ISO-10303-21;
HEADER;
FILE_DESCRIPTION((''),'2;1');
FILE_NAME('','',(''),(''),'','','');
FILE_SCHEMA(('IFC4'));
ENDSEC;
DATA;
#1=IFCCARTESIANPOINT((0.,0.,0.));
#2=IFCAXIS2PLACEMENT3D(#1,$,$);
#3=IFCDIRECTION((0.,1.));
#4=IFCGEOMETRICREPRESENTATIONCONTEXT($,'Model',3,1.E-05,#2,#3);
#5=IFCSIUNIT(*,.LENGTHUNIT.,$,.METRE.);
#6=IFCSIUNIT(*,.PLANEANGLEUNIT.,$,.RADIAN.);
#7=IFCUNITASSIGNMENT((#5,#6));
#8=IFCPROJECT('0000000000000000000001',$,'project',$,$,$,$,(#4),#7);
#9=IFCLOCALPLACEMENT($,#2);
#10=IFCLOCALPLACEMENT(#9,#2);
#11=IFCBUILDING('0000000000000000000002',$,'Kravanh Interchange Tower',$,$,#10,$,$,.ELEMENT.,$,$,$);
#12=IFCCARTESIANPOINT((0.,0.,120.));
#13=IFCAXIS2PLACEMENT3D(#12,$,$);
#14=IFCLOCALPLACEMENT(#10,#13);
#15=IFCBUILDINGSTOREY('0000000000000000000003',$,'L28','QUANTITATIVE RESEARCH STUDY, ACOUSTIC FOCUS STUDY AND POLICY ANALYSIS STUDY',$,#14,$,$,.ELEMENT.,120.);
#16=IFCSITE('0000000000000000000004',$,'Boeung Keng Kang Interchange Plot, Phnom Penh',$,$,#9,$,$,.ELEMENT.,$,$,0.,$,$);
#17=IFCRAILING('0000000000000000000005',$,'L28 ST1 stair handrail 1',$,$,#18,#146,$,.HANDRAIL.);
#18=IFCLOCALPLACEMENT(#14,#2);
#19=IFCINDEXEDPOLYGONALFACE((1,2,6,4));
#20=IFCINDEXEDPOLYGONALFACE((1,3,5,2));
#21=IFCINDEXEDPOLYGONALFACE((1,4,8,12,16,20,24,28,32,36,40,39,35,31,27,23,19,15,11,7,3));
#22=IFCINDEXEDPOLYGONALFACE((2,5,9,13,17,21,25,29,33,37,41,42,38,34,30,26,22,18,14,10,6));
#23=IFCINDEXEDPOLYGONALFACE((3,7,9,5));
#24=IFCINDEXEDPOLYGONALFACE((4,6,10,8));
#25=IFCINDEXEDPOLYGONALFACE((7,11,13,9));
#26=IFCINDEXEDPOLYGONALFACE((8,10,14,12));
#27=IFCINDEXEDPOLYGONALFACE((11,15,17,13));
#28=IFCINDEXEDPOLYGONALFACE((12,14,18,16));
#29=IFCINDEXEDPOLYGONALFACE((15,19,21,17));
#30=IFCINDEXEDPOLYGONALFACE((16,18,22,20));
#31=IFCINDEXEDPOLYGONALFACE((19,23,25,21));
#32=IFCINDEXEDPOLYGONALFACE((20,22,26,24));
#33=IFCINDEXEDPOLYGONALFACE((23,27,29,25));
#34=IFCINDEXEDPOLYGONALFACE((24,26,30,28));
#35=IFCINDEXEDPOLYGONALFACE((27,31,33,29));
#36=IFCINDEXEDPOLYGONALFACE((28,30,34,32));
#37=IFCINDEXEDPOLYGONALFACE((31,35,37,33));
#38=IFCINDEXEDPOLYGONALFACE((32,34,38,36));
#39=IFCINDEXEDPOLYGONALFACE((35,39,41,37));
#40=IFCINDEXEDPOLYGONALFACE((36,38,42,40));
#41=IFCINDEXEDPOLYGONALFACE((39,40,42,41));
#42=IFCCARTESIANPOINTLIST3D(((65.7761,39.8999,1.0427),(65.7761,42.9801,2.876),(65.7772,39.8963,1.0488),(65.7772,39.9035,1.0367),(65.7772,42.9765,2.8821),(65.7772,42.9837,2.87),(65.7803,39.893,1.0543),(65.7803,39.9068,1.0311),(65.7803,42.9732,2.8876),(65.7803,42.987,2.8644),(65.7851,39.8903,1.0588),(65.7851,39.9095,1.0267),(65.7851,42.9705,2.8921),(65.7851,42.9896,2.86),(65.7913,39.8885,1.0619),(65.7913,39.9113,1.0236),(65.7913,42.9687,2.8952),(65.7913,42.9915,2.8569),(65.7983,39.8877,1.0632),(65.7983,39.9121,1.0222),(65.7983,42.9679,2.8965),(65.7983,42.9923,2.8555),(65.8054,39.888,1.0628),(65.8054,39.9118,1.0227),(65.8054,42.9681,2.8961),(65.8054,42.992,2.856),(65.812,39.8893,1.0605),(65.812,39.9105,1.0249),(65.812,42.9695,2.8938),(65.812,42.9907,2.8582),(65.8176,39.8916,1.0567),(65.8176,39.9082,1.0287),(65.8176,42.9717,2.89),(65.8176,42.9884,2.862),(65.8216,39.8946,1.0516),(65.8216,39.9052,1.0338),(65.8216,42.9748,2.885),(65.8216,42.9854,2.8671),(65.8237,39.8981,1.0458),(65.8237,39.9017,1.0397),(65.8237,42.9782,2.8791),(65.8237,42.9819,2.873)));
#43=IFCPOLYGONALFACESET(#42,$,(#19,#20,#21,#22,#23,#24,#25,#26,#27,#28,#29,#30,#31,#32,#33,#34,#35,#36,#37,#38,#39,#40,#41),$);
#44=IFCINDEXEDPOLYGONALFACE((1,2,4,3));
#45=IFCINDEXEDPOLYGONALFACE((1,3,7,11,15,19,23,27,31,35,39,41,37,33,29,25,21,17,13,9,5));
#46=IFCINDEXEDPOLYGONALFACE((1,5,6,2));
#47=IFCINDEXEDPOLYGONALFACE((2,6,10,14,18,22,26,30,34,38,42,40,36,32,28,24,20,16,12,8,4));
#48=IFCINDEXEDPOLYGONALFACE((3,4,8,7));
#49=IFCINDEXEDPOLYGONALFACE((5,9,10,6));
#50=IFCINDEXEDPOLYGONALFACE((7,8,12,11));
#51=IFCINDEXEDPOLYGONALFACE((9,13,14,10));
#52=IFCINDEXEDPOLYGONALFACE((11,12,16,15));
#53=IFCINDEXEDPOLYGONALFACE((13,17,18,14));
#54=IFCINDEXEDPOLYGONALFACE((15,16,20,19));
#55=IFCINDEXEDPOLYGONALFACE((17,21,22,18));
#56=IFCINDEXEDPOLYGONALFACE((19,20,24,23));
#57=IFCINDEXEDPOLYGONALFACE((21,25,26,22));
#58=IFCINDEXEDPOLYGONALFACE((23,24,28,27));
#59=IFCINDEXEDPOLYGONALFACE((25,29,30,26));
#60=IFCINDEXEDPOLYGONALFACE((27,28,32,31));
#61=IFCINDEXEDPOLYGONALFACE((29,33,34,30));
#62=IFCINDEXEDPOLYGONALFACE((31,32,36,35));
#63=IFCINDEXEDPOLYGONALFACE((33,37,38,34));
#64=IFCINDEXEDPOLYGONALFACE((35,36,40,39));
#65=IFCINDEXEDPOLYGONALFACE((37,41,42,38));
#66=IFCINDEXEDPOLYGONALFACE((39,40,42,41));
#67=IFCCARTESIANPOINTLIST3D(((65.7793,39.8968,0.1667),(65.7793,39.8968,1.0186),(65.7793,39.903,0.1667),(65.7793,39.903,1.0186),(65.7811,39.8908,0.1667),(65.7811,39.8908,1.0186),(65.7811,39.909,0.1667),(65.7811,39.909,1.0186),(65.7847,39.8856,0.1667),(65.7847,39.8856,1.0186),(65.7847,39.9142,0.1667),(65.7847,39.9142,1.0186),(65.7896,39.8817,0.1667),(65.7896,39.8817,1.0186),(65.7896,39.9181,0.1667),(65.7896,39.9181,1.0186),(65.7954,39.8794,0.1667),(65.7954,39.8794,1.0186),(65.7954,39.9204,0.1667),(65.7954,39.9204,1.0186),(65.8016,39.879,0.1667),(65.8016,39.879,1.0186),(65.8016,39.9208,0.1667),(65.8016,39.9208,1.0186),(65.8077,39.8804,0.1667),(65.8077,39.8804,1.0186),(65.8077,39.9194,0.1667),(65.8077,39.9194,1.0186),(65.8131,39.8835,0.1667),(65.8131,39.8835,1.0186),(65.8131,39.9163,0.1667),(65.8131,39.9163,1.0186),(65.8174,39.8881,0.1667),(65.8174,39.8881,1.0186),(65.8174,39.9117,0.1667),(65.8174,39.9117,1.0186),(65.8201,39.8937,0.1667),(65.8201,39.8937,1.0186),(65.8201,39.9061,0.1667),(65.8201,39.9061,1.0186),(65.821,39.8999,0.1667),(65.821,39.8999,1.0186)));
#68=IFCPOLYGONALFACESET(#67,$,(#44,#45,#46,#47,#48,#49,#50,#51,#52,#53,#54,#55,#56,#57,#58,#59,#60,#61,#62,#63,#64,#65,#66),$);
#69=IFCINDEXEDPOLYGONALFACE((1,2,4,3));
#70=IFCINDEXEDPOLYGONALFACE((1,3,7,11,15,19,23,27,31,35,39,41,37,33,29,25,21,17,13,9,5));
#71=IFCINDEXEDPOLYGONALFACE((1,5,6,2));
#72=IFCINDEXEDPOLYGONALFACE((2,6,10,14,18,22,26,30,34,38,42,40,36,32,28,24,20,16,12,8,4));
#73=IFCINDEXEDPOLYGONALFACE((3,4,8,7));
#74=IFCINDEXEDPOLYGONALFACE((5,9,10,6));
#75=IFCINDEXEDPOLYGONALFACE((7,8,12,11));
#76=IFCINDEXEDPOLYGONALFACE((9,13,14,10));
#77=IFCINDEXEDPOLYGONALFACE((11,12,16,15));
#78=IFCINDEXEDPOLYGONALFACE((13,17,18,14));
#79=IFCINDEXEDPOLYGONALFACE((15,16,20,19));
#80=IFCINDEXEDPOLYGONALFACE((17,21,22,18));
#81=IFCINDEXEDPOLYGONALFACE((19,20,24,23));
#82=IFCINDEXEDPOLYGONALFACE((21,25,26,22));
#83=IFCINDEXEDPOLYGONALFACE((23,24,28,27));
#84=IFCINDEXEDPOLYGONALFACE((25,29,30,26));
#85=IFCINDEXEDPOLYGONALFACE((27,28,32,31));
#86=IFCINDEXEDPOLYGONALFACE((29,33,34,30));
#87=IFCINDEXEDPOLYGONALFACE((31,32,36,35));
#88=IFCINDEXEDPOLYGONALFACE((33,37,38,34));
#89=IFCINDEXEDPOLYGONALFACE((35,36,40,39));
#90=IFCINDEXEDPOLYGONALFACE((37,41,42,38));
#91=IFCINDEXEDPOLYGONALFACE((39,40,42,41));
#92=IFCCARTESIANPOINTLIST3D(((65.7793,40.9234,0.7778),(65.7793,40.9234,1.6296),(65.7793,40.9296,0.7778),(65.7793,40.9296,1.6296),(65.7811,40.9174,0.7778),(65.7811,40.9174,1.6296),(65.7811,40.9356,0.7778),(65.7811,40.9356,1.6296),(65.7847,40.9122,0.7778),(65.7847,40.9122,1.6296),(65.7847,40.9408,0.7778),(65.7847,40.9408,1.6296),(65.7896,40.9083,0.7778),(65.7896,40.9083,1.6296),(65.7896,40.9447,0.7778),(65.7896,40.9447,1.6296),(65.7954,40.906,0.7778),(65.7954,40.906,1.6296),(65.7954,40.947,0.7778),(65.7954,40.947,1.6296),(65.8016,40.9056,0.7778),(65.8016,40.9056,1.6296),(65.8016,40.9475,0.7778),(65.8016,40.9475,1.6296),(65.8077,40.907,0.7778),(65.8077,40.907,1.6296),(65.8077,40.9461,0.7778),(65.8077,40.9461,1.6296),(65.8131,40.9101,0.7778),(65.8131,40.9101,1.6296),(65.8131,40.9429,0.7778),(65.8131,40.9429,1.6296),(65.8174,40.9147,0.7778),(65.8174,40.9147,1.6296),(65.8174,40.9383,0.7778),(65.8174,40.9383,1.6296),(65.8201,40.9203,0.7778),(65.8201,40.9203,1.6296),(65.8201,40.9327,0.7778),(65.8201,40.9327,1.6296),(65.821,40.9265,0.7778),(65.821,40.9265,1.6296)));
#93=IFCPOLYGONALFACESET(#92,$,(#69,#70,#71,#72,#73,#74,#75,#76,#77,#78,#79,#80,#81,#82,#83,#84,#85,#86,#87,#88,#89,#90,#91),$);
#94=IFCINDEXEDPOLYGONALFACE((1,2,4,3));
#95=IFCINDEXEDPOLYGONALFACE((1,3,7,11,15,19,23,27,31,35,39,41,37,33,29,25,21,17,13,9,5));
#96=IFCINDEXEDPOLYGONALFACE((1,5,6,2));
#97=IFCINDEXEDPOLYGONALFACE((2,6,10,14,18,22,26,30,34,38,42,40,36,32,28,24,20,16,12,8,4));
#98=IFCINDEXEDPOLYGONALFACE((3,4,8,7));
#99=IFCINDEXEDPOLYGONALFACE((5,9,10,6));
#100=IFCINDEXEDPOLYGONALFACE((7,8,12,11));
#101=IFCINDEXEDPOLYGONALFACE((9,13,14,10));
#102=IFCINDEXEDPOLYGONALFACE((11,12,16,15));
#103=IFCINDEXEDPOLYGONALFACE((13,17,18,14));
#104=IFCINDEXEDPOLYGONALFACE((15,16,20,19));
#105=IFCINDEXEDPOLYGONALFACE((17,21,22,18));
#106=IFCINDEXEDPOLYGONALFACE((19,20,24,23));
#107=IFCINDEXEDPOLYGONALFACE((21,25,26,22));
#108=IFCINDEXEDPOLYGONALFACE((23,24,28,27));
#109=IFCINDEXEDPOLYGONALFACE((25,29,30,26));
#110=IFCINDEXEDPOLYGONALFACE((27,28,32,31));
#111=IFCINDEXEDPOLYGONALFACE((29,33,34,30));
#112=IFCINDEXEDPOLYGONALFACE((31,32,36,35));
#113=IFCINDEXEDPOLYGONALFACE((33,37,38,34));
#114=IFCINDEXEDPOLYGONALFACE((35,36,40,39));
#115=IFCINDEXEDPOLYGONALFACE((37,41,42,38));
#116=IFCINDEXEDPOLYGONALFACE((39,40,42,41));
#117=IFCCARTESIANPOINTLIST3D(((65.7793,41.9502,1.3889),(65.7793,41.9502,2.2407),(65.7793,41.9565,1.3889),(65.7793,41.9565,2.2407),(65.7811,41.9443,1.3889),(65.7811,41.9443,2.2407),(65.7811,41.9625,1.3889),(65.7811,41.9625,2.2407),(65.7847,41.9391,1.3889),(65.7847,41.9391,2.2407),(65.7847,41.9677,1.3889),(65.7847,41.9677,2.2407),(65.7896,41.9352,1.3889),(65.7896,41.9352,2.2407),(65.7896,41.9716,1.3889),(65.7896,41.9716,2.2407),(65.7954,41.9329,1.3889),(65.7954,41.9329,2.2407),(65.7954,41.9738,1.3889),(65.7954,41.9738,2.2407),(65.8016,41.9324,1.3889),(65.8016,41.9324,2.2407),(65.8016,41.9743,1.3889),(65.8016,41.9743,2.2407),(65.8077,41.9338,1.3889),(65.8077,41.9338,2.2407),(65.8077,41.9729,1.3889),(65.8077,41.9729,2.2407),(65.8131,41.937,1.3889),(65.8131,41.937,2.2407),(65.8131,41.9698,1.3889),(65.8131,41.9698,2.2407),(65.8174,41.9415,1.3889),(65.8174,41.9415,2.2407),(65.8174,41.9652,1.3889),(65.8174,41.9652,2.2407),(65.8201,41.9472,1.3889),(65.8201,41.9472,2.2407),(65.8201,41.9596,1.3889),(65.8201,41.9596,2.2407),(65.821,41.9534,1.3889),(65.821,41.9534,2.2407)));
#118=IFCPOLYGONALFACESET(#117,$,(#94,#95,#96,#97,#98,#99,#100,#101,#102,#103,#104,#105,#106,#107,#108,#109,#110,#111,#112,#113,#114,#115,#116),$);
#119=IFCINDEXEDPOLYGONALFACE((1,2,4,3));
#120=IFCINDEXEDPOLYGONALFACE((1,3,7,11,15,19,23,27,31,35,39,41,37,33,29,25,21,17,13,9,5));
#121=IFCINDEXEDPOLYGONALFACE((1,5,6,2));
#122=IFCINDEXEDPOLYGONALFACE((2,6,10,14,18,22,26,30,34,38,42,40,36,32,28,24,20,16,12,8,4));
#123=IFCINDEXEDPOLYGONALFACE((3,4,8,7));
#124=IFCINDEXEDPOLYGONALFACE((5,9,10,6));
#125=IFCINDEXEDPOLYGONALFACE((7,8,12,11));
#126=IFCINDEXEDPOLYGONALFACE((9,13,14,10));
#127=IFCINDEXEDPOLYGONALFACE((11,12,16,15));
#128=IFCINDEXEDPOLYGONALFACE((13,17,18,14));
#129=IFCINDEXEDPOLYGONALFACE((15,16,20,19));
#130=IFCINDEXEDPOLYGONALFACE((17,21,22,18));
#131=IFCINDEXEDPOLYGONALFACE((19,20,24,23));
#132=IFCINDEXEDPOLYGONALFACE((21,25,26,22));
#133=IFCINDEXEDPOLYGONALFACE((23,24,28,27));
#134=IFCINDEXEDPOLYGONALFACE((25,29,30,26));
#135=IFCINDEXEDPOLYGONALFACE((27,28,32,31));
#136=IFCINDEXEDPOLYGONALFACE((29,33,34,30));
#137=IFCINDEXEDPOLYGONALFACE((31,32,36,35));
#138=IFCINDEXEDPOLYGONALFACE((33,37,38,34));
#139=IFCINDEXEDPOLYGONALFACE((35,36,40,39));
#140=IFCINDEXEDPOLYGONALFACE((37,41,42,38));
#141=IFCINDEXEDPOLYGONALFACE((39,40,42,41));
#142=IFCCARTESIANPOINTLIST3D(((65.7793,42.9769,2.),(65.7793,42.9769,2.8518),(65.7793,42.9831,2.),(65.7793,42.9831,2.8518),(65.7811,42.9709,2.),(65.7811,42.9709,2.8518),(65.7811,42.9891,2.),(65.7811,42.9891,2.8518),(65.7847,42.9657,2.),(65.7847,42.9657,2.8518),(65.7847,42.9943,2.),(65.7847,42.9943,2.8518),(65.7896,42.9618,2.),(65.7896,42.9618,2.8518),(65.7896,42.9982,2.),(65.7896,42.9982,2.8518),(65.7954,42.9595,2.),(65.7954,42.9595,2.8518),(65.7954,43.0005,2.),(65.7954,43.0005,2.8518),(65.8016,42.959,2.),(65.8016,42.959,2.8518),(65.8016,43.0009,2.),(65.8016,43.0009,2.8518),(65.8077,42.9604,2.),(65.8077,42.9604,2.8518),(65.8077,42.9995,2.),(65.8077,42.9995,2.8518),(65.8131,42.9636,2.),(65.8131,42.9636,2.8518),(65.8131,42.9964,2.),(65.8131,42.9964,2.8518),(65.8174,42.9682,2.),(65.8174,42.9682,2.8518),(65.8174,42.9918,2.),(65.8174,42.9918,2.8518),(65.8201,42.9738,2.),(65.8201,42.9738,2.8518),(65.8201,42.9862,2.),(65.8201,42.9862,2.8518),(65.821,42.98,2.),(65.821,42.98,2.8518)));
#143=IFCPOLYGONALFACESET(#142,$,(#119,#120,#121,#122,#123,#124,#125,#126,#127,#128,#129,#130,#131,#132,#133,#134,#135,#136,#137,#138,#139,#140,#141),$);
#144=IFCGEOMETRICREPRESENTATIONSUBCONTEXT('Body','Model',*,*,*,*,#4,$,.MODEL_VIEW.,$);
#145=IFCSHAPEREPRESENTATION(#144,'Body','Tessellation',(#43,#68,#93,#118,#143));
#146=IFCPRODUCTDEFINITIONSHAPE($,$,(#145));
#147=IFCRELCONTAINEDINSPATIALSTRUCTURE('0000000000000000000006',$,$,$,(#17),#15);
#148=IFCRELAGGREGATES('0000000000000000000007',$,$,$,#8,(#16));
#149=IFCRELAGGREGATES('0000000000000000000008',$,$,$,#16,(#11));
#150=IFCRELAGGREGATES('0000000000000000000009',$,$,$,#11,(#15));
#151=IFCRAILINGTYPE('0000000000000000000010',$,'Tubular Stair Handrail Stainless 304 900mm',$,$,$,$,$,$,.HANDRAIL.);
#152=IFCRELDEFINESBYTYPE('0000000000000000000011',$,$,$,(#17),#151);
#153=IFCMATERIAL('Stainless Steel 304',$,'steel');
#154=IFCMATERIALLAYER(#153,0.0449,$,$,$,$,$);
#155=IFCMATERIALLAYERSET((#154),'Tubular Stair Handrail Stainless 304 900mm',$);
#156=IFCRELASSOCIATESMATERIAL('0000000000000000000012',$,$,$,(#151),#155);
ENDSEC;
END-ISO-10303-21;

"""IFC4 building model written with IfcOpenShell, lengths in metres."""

from ifc_helpers import new_model, si_unit, direction, frame, origin, origin_2d, place, context, subcontext, project, spatial, circle, extrude, material, layer, layer_set, type_object, element, save


model = new_model("IFC4")

# Units and contexts
model_context = context("Model", 3, precision=1e-05, world=origin(), true_north=direction((0.0, 1.0)))
body_context = subcontext(model_context, "Body", "Model", "MODEL_VIEW")
ifc_project = project(units=[si_unit("LENGTHUNIT", "METRE"), si_unit("PLANEANGLEUNIT", "RADIAN")], contexts=[model_context])

# Site, building, storey
site_placement = place(None, origin())
site = spatial("IfcSite", under=ifc_project, at=site_placement, Name="Boeung Keng Kang Interchange Plot, Phnom Penh", CompositionType="ELEMENT", RefElevation=0.0)
building_placement = place(site_placement, origin())
building = spatial("IfcBuilding", under=site, at=building_placement, Name="Kravanh Interchange Tower", CompositionType="ELEMENT")
storey_placement = place(building_placement, frame((0.0, 0.0, 120.0)))
storey = spatial("IfcBuildingStorey", under=building, at=storey_placement, Name="L28", Description="QUANTITATIVE RESEARCH STUDY, ACOUSTIC FOCUS STUDY AND POLICY ANALYSIS STUDY", CompositionType="ELEMENT", Elevation=120.0)

# Railing
ifc_material_1 = material(Name="Stainless Steel 304", Category="steel")
ifc_layer_1 = layer(ifc_material_1, 0.0449)
ifc_layer_set_1 = layer_set([ifc_layer_1], Name="Tubular Stair Handrail Stainless 304 900mm")
railing_type_1 = type_object("IfcRailingType", Name="Tubular Stair Handrail Stainless 304 900mm", PredefinedType="HANDRAIL", material=ifc_layer_set_1)
railing_1_placement = place(storey_placement, frame((65.8, 39.8999, 0.1667)))
element("IfcRailing", 1, at=railing_1_placement, inside=storey, type_object=railing_type_1, Name="L28 ST1 stair handrail 1", PredefinedType="HANDRAIL", context=body_context, shape_type="SweptSolid", body=[
    extrude(circle(Radius=0.0239, at=origin_2d()), frame((0.0, 0.0, 0.876), z_axis=(0.0, 0.859309, 0.511458), x_axis=(-1.0, 0.0, 0.0)), (0.0, 0.0, 1.0), 3.5845),
    extrude(circle(Radius=0.021, at=origin_2d()), origin(), (0.0, 0.0, 1.0), 0.8518),
    extrude(circle(Radius=0.021, at=origin_2d()), frame((0.0, 1.0266, 0.6111)), (0.0, 0.0, 1.0), 0.8518),
    extrude(circle(Radius=0.021, at=origin_2d()), frame((0.0, 2.0535, 1.2222)), (0.0, 0.0, 1.0), 0.8518),
    extrude(circle(Radius=0.021, at=origin_2d()), frame((0.0, 3.0801, 1.8333)), (0.0, 0.0, 1.0), 0.8518),
])

save(model, "model.ifc")
